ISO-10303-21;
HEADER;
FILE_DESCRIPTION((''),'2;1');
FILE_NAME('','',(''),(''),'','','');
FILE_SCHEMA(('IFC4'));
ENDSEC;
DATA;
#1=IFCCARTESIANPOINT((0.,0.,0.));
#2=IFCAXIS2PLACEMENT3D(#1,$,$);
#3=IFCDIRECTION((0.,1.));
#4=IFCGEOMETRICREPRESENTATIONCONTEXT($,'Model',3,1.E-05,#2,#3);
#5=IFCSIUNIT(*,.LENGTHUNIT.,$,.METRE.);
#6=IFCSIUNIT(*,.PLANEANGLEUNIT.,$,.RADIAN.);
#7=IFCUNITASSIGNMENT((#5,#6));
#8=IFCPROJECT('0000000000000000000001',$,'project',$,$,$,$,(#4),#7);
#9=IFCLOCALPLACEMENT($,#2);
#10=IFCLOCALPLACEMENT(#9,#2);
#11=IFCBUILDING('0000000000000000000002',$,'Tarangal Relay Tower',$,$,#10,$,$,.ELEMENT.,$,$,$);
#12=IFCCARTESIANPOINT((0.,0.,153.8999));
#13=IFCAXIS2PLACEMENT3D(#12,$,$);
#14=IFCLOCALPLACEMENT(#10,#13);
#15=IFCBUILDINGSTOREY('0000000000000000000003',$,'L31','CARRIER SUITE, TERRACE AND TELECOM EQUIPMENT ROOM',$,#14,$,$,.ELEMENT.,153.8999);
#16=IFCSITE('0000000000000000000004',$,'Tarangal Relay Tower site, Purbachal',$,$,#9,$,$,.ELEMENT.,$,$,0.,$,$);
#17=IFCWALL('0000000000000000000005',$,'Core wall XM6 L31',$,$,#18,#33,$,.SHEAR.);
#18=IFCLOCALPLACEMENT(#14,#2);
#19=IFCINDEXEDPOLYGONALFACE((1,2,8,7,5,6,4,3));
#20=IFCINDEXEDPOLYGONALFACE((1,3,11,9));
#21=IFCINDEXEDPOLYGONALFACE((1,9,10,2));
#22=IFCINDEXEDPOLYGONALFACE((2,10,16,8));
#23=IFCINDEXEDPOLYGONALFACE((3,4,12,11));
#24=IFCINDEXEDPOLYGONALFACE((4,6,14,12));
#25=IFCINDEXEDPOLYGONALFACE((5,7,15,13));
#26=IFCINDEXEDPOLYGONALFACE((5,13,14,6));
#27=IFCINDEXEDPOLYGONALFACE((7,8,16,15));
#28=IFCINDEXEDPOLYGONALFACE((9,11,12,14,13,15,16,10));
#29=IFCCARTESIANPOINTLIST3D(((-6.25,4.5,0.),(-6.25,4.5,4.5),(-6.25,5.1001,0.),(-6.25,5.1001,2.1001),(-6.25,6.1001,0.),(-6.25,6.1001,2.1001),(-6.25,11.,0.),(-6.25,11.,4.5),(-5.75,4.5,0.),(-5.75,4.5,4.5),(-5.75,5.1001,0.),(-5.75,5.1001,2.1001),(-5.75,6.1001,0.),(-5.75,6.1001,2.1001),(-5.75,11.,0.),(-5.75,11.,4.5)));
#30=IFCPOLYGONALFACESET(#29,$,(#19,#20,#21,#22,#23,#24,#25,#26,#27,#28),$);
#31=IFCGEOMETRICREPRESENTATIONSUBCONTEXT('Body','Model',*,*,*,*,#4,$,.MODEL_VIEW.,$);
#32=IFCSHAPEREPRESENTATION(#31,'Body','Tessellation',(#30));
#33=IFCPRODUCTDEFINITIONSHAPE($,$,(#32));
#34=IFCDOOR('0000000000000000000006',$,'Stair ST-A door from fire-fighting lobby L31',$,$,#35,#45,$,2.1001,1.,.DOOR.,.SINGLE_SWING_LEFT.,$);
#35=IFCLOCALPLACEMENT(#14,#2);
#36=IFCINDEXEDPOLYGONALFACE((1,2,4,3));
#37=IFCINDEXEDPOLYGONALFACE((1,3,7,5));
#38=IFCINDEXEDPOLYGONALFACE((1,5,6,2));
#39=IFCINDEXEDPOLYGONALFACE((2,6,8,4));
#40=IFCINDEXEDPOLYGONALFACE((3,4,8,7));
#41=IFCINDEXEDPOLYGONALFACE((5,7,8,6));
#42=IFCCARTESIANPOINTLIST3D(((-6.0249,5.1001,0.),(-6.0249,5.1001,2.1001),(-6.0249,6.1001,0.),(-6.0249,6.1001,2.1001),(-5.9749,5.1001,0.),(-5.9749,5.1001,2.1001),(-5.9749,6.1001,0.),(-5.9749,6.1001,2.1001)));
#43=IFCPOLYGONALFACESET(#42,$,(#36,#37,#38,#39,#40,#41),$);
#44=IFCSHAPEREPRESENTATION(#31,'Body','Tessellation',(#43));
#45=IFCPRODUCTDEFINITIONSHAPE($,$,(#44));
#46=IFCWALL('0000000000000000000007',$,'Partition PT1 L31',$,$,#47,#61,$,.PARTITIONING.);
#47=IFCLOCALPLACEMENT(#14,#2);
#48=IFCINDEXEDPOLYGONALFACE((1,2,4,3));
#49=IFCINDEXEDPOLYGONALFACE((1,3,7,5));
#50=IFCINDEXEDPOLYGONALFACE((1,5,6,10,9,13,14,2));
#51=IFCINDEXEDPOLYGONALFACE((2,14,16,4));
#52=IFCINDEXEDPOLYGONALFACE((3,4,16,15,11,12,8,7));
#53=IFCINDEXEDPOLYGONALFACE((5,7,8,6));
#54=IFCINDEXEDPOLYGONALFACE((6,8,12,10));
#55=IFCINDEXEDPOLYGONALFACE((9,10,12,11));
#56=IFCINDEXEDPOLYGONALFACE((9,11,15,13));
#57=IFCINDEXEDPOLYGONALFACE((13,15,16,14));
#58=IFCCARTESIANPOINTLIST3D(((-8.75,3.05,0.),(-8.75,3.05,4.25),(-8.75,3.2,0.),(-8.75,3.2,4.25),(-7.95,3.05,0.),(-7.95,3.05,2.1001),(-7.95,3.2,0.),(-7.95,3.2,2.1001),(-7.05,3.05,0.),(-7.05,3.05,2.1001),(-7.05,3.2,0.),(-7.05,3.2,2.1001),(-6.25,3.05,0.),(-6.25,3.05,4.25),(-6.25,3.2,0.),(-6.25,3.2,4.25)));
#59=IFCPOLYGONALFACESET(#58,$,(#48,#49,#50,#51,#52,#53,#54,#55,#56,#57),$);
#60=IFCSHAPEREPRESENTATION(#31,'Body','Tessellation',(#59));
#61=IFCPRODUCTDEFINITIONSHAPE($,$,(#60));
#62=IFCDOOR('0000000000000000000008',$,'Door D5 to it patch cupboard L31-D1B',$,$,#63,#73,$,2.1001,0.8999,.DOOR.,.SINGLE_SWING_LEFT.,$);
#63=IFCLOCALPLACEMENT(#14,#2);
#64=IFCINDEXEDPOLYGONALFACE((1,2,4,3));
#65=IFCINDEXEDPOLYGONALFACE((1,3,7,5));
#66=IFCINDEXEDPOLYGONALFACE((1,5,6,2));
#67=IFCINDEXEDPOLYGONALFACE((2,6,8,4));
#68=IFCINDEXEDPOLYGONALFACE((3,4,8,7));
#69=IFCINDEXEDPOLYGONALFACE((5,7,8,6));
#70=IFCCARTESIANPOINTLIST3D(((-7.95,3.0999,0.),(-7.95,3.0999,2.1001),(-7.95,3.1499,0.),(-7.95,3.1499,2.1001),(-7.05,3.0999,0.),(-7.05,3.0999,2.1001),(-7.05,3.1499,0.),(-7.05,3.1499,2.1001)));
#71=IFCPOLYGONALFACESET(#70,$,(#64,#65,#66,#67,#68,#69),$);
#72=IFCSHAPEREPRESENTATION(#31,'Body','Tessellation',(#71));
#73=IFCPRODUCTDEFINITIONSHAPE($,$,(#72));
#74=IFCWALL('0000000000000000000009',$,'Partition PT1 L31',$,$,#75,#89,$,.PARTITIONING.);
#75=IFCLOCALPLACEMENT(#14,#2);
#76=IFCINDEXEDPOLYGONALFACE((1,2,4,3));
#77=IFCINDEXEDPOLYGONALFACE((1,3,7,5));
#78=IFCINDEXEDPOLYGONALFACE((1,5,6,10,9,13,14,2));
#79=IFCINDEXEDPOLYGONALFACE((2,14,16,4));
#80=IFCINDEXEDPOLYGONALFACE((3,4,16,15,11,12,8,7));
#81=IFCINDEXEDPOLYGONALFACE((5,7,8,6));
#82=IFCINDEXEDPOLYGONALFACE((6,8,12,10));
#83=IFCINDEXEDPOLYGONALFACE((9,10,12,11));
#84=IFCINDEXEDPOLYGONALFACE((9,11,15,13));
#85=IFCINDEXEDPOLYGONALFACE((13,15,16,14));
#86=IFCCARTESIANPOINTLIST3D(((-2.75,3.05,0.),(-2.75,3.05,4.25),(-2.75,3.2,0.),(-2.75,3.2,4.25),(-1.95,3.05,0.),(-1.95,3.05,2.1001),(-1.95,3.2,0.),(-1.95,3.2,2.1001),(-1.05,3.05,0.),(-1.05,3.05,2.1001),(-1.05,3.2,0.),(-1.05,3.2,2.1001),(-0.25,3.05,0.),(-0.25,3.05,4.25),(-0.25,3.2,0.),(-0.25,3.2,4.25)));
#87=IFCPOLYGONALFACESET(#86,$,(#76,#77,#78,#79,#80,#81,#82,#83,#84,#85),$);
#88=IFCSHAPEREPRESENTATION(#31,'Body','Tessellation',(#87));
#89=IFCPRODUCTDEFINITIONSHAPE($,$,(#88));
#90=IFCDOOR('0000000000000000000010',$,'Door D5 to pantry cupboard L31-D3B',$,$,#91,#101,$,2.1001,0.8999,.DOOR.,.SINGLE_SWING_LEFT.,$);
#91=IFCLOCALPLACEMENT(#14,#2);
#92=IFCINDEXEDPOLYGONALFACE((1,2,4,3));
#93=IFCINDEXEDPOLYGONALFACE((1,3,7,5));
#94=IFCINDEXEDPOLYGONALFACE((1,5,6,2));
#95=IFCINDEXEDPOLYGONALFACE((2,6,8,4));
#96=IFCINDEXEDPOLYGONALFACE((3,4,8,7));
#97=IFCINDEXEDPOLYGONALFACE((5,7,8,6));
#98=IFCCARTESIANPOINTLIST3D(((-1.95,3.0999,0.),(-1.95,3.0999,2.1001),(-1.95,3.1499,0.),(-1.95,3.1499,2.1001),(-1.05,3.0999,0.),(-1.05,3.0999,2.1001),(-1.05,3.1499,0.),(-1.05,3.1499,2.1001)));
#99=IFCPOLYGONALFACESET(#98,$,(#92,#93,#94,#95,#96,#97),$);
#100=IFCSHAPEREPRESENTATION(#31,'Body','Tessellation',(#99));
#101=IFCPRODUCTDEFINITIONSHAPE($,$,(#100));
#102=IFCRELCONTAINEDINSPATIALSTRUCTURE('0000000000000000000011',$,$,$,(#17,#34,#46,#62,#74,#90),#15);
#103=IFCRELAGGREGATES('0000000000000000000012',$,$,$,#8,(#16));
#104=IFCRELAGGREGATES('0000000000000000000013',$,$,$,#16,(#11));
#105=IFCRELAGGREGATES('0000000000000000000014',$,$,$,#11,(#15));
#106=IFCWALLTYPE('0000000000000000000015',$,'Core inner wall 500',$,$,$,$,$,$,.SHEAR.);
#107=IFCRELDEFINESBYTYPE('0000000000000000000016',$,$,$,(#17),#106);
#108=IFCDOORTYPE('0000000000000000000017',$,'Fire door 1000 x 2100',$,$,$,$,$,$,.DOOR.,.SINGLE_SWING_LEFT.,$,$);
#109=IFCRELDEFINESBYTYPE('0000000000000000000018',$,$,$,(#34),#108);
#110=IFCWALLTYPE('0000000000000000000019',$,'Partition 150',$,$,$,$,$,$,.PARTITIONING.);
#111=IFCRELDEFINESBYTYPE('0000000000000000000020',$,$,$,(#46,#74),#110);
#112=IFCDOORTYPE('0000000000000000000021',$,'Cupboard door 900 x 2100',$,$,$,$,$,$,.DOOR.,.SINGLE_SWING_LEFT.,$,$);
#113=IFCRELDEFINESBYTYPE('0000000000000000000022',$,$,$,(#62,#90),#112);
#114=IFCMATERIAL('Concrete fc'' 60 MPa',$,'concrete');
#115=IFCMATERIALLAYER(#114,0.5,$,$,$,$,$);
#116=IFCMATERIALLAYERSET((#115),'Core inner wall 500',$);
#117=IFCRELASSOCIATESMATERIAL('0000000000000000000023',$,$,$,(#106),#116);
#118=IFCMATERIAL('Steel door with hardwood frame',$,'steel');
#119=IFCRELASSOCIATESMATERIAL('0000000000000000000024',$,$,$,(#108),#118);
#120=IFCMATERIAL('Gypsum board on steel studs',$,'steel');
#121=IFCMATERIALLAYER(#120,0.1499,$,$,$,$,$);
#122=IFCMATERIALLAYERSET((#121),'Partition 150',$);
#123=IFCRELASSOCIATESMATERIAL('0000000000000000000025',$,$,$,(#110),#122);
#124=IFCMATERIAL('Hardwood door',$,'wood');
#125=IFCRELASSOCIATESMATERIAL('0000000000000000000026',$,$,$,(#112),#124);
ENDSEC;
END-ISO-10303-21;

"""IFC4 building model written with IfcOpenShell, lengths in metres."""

from ifc_helpers import new_model, si_unit, direction, frame, frame_2d, origin, place, context, subcontext, project, spatial, rectangle, extrude, material, layer, layer_set, type_object, element, fill, save


model = new_model("IFC4")

# Units and contexts
model_context = context("Model", 3, precision=1e-05, world=origin(), true_north=direction((0.0, 1.0)))
body_context = subcontext(model_context, "Body", "Model", "MODEL_VIEW")
ifc_project = project(units=[si_unit("LENGTHUNIT", "METRE"), si_unit("PLANEANGLEUNIT", "RADIAN")], contexts=[model_context])

# Site, building, storey
site_placement = place(None, origin())
site = spatial("IfcSite", under=ifc_project, at=site_placement, Name="Tarangal Relay Tower site, Purbachal", CompositionType="ELEMENT", RefElevation=0.0)
building_placement = place(site_placement, origin())
building = spatial("IfcBuilding", under=site, at=building_placement, Name="Tarangal Relay Tower", CompositionType="ELEMENT")
storey_placement = place(building_placement, frame((0.0, 0.0, 153.8999)))
storey = spatial("IfcBuildingStorey", under=building, at=storey_placement, Name="L31", Description="CARRIER SUITE, TERRACE AND TELECOM EQUIPMENT ROOM", CompositionType="ELEMENT", Elevation=153.8999)

# Shared definitions
ifc_material_1 = material(Name="Concrete fc' 60 MPa", Category="concrete")
ifc_layer_1 = layer(ifc_material_1, 0.5)
ifc_layer_set_1 = layer_set([ifc_layer_1], Name="Core inner wall 500")
wall_type_1 = type_object("IfcWallType", Name="Core inner wall 500", PredefinedType="SHEAR", material=ifc_layer_set_1)
ifc_material_2 = material(Name="Steel door with hardwood frame", Category="steel")

# Walls, openings, doors
wall_1_placement = place(storey_placement, frame((-6.0, 4.5, 0.0), z_axis=(0.0, 0.0, 1.0), x_axis=(0.0, 1.0, 0.0)))
wall_1 = element("IfcWall", 1, at=wall_1_placement, inside=storey, type_object=wall_type_1, Name="Core wall XM6 L31", PredefinedType="SHEAR", context=body_context, shape_type="SweptSolid", body=[
    extrude(rectangle(XDim=6.5, YDim=0.5, at=frame_2d((3.25, 0.0))), origin(), (0.0, 0.0, 1.0), 4.5),
])
opening_1_placement = place(wall_1_placement, frame((0.6001, 0.0, 0.0)))
opening_1 = element("IfcOpeningElement", 2, at=opening_1_placement, cuts=wall_1, PredefinedType="OPENING", context=body_context, shape_type="SweptSolid", body=[
    extrude(rectangle(XDim=1.0, YDim=2.1001, at=frame_2d((0.5, 1.05))), frame((0.0, 0.26, 0.0), z_axis=(0.0, -1.0, 0.0), x_axis=(1.0, 0.0, 0.0)), (0.0, 0.0, 1.0), 0.52),
])
door_type_1 = type_object("IfcDoorType", Name="Fire door 1000 x 2100", OperationType="SINGLE_SWING_LEFT", PredefinedType="DOOR", material=ifc_material_2)
door_1_placement = place(opening_1_placement, origin())
door_1 = element("IfcDoor", 3, at=door_1_placement, inside=storey, type_object=door_type_1, Name="Stair ST-A door from fire-fighting lobby L31", OperationType="SINGLE_SWING_LEFT", OverallHeight=2.1001, OverallWidth=1.0, PredefinedType="DOOR", context=body_context, shape_type="SweptSolid", body=[
    extrude(rectangle(XDim=1.0, YDim=2.1001, at=frame_2d((0.5, 1.05))), frame((0.0, 0.0249, 0.0), z_axis=(0.0, -1.0, 0.0), x_axis=(1.0, 0.0, 0.0)), (0.0, 0.0, 1.0), 0.05),
])
fill(opening_1, door_1)
ifc_material_3 = material(Name="Gypsum board on steel studs", Category="steel")
ifc_layer_2 = layer(ifc_material_3, 0.1499)
ifc_layer_set_2 = layer_set([ifc_layer_2], Name="Partition 150")
wall_type_2 = type_object("IfcWallType", Name="Partition 150", PredefinedType="PARTITIONING", material=ifc_layer_set_2)
wall_2_placement = place(storey_placement, frame((-8.75, 3.125, 0.0), z_axis=(0.0, 0.0, 1.0), x_axis=(1.0, 0.0, 0.0)))
wall_2 = element("IfcWall", 4, at=wall_2_placement, inside=storey, type_object=wall_type_2, Name="Partition PT1 L31", PredefinedType="PARTITIONING", context=body_context, shape_type="SweptSolid", body=[
    extrude(rectangle(XDim=2.5, YDim=0.1499, at=frame_2d((1.25, 0.0))), origin(), (0.0, 0.0, 1.0), 4.25),
])
opening_2_placement = place(wall_2_placement, frame((0.8, 0.0, 0.0)))
opening_2 = element("IfcOpeningElement", 5, at=opening_2_placement, cuts=wall_2, PredefinedType="OPENING", context=body_context, shape_type="SweptSolid", body=[
    extrude(rectangle(XDim=0.8999, YDim=2.1001, at=frame_2d((0.45, 1.05))), frame((0.0, 0.085, 0.0), z_axis=(0.0, -1.0, 0.0), x_axis=(1.0, 0.0, 0.0)), (0.0, 0.0, 1.0), 0.1699),
])
ifc_material_4 = material(Name="Hardwood door", Category="wood")
door_type_2 = type_object("IfcDoorType", Name="Cupboard door 900 x 2100", OperationType="SINGLE_SWING_LEFT", PredefinedType="DOOR", material=ifc_material_4)
door_2_placement = place(opening_2_placement, origin())
door_2 = element("IfcDoor", 6, at=door_2_placement, inside=storey, type_object=door_type_2, Name="Door D5 to it patch cupboard L31-D1B", OperationType="SINGLE_SWING_LEFT", OverallHeight=2.1001, OverallWidth=0.8999, PredefinedType="DOOR", context=body_context, shape_type="SweptSolid", body=[
    extrude(rectangle(XDim=0.8999, YDim=2.1001, at=frame_2d((0.45, 1.05))), frame((0.0, 0.0249, 0.0), z_axis=(0.0, -1.0, 0.0), x_axis=(1.0, 0.0, 0.0)), (0.0, 0.0, 1.0), 0.05),
])
fill(opening_2, door_2)
wall_3_placement = place(storey_placement, frame((-2.75, 3.125, 0.0), z_axis=(0.0, 0.0, 1.0), x_axis=(1.0, 0.0, 0.0)))
wall_3 = element("IfcWall", 7, at=wall_3_placement, inside=storey, type_object=wall_type_2, Name="Partition PT1 L31", PredefinedType="PARTITIONING", context=body_context, shape_type="SweptSolid", body=[
    extrude(rectangle(XDim=2.5, YDim=0.1499, at=frame_2d((1.25, 0.0))), origin(), (0.0, 0.0, 1.0), 4.25),
])
opening_3_placement = place(wall_3_placement, frame((0.8, 0.0, 0.0)))
opening_3 = element("IfcOpeningElement", 8, at=opening_3_placement, cuts=wall_3, PredefinedType="OPENING", context=body_context, shape_type="SweptSolid", body=[
    extrude(rectangle(XDim=0.8999, YDim=2.1001, at=frame_2d((0.45, 1.05))), frame((0.0, 0.085, 0.0), z_axis=(0.0, -1.0, 0.0), x_axis=(1.0, 0.0, 0.0)), (0.0, 0.0, 1.0), 0.1699),
])
door_3_placement = place(opening_3_placement, origin())
door_3 = element("IfcDoor", 9, at=door_3_placement, inside=storey, type_object=door_type_2, Name="Door D5 to pantry cupboard L31-D3B", OperationType="SINGLE_SWING_LEFT", OverallHeight=2.1001, OverallWidth=0.8999, PredefinedType="DOOR", context=body_context, shape_type="SweptSolid", body=[
    extrude(rectangle(XDim=0.8999, YDim=2.1001, at=frame_2d((0.45, 1.05))), frame((0.0, 0.0249, 0.0), z_axis=(0.0, -1.0, 0.0), x_axis=(1.0, 0.0, 0.0)), (0.0, 0.0, 1.0), 0.05),
])
fill(opening_3, door_3)

save(model, "model.ifc")
